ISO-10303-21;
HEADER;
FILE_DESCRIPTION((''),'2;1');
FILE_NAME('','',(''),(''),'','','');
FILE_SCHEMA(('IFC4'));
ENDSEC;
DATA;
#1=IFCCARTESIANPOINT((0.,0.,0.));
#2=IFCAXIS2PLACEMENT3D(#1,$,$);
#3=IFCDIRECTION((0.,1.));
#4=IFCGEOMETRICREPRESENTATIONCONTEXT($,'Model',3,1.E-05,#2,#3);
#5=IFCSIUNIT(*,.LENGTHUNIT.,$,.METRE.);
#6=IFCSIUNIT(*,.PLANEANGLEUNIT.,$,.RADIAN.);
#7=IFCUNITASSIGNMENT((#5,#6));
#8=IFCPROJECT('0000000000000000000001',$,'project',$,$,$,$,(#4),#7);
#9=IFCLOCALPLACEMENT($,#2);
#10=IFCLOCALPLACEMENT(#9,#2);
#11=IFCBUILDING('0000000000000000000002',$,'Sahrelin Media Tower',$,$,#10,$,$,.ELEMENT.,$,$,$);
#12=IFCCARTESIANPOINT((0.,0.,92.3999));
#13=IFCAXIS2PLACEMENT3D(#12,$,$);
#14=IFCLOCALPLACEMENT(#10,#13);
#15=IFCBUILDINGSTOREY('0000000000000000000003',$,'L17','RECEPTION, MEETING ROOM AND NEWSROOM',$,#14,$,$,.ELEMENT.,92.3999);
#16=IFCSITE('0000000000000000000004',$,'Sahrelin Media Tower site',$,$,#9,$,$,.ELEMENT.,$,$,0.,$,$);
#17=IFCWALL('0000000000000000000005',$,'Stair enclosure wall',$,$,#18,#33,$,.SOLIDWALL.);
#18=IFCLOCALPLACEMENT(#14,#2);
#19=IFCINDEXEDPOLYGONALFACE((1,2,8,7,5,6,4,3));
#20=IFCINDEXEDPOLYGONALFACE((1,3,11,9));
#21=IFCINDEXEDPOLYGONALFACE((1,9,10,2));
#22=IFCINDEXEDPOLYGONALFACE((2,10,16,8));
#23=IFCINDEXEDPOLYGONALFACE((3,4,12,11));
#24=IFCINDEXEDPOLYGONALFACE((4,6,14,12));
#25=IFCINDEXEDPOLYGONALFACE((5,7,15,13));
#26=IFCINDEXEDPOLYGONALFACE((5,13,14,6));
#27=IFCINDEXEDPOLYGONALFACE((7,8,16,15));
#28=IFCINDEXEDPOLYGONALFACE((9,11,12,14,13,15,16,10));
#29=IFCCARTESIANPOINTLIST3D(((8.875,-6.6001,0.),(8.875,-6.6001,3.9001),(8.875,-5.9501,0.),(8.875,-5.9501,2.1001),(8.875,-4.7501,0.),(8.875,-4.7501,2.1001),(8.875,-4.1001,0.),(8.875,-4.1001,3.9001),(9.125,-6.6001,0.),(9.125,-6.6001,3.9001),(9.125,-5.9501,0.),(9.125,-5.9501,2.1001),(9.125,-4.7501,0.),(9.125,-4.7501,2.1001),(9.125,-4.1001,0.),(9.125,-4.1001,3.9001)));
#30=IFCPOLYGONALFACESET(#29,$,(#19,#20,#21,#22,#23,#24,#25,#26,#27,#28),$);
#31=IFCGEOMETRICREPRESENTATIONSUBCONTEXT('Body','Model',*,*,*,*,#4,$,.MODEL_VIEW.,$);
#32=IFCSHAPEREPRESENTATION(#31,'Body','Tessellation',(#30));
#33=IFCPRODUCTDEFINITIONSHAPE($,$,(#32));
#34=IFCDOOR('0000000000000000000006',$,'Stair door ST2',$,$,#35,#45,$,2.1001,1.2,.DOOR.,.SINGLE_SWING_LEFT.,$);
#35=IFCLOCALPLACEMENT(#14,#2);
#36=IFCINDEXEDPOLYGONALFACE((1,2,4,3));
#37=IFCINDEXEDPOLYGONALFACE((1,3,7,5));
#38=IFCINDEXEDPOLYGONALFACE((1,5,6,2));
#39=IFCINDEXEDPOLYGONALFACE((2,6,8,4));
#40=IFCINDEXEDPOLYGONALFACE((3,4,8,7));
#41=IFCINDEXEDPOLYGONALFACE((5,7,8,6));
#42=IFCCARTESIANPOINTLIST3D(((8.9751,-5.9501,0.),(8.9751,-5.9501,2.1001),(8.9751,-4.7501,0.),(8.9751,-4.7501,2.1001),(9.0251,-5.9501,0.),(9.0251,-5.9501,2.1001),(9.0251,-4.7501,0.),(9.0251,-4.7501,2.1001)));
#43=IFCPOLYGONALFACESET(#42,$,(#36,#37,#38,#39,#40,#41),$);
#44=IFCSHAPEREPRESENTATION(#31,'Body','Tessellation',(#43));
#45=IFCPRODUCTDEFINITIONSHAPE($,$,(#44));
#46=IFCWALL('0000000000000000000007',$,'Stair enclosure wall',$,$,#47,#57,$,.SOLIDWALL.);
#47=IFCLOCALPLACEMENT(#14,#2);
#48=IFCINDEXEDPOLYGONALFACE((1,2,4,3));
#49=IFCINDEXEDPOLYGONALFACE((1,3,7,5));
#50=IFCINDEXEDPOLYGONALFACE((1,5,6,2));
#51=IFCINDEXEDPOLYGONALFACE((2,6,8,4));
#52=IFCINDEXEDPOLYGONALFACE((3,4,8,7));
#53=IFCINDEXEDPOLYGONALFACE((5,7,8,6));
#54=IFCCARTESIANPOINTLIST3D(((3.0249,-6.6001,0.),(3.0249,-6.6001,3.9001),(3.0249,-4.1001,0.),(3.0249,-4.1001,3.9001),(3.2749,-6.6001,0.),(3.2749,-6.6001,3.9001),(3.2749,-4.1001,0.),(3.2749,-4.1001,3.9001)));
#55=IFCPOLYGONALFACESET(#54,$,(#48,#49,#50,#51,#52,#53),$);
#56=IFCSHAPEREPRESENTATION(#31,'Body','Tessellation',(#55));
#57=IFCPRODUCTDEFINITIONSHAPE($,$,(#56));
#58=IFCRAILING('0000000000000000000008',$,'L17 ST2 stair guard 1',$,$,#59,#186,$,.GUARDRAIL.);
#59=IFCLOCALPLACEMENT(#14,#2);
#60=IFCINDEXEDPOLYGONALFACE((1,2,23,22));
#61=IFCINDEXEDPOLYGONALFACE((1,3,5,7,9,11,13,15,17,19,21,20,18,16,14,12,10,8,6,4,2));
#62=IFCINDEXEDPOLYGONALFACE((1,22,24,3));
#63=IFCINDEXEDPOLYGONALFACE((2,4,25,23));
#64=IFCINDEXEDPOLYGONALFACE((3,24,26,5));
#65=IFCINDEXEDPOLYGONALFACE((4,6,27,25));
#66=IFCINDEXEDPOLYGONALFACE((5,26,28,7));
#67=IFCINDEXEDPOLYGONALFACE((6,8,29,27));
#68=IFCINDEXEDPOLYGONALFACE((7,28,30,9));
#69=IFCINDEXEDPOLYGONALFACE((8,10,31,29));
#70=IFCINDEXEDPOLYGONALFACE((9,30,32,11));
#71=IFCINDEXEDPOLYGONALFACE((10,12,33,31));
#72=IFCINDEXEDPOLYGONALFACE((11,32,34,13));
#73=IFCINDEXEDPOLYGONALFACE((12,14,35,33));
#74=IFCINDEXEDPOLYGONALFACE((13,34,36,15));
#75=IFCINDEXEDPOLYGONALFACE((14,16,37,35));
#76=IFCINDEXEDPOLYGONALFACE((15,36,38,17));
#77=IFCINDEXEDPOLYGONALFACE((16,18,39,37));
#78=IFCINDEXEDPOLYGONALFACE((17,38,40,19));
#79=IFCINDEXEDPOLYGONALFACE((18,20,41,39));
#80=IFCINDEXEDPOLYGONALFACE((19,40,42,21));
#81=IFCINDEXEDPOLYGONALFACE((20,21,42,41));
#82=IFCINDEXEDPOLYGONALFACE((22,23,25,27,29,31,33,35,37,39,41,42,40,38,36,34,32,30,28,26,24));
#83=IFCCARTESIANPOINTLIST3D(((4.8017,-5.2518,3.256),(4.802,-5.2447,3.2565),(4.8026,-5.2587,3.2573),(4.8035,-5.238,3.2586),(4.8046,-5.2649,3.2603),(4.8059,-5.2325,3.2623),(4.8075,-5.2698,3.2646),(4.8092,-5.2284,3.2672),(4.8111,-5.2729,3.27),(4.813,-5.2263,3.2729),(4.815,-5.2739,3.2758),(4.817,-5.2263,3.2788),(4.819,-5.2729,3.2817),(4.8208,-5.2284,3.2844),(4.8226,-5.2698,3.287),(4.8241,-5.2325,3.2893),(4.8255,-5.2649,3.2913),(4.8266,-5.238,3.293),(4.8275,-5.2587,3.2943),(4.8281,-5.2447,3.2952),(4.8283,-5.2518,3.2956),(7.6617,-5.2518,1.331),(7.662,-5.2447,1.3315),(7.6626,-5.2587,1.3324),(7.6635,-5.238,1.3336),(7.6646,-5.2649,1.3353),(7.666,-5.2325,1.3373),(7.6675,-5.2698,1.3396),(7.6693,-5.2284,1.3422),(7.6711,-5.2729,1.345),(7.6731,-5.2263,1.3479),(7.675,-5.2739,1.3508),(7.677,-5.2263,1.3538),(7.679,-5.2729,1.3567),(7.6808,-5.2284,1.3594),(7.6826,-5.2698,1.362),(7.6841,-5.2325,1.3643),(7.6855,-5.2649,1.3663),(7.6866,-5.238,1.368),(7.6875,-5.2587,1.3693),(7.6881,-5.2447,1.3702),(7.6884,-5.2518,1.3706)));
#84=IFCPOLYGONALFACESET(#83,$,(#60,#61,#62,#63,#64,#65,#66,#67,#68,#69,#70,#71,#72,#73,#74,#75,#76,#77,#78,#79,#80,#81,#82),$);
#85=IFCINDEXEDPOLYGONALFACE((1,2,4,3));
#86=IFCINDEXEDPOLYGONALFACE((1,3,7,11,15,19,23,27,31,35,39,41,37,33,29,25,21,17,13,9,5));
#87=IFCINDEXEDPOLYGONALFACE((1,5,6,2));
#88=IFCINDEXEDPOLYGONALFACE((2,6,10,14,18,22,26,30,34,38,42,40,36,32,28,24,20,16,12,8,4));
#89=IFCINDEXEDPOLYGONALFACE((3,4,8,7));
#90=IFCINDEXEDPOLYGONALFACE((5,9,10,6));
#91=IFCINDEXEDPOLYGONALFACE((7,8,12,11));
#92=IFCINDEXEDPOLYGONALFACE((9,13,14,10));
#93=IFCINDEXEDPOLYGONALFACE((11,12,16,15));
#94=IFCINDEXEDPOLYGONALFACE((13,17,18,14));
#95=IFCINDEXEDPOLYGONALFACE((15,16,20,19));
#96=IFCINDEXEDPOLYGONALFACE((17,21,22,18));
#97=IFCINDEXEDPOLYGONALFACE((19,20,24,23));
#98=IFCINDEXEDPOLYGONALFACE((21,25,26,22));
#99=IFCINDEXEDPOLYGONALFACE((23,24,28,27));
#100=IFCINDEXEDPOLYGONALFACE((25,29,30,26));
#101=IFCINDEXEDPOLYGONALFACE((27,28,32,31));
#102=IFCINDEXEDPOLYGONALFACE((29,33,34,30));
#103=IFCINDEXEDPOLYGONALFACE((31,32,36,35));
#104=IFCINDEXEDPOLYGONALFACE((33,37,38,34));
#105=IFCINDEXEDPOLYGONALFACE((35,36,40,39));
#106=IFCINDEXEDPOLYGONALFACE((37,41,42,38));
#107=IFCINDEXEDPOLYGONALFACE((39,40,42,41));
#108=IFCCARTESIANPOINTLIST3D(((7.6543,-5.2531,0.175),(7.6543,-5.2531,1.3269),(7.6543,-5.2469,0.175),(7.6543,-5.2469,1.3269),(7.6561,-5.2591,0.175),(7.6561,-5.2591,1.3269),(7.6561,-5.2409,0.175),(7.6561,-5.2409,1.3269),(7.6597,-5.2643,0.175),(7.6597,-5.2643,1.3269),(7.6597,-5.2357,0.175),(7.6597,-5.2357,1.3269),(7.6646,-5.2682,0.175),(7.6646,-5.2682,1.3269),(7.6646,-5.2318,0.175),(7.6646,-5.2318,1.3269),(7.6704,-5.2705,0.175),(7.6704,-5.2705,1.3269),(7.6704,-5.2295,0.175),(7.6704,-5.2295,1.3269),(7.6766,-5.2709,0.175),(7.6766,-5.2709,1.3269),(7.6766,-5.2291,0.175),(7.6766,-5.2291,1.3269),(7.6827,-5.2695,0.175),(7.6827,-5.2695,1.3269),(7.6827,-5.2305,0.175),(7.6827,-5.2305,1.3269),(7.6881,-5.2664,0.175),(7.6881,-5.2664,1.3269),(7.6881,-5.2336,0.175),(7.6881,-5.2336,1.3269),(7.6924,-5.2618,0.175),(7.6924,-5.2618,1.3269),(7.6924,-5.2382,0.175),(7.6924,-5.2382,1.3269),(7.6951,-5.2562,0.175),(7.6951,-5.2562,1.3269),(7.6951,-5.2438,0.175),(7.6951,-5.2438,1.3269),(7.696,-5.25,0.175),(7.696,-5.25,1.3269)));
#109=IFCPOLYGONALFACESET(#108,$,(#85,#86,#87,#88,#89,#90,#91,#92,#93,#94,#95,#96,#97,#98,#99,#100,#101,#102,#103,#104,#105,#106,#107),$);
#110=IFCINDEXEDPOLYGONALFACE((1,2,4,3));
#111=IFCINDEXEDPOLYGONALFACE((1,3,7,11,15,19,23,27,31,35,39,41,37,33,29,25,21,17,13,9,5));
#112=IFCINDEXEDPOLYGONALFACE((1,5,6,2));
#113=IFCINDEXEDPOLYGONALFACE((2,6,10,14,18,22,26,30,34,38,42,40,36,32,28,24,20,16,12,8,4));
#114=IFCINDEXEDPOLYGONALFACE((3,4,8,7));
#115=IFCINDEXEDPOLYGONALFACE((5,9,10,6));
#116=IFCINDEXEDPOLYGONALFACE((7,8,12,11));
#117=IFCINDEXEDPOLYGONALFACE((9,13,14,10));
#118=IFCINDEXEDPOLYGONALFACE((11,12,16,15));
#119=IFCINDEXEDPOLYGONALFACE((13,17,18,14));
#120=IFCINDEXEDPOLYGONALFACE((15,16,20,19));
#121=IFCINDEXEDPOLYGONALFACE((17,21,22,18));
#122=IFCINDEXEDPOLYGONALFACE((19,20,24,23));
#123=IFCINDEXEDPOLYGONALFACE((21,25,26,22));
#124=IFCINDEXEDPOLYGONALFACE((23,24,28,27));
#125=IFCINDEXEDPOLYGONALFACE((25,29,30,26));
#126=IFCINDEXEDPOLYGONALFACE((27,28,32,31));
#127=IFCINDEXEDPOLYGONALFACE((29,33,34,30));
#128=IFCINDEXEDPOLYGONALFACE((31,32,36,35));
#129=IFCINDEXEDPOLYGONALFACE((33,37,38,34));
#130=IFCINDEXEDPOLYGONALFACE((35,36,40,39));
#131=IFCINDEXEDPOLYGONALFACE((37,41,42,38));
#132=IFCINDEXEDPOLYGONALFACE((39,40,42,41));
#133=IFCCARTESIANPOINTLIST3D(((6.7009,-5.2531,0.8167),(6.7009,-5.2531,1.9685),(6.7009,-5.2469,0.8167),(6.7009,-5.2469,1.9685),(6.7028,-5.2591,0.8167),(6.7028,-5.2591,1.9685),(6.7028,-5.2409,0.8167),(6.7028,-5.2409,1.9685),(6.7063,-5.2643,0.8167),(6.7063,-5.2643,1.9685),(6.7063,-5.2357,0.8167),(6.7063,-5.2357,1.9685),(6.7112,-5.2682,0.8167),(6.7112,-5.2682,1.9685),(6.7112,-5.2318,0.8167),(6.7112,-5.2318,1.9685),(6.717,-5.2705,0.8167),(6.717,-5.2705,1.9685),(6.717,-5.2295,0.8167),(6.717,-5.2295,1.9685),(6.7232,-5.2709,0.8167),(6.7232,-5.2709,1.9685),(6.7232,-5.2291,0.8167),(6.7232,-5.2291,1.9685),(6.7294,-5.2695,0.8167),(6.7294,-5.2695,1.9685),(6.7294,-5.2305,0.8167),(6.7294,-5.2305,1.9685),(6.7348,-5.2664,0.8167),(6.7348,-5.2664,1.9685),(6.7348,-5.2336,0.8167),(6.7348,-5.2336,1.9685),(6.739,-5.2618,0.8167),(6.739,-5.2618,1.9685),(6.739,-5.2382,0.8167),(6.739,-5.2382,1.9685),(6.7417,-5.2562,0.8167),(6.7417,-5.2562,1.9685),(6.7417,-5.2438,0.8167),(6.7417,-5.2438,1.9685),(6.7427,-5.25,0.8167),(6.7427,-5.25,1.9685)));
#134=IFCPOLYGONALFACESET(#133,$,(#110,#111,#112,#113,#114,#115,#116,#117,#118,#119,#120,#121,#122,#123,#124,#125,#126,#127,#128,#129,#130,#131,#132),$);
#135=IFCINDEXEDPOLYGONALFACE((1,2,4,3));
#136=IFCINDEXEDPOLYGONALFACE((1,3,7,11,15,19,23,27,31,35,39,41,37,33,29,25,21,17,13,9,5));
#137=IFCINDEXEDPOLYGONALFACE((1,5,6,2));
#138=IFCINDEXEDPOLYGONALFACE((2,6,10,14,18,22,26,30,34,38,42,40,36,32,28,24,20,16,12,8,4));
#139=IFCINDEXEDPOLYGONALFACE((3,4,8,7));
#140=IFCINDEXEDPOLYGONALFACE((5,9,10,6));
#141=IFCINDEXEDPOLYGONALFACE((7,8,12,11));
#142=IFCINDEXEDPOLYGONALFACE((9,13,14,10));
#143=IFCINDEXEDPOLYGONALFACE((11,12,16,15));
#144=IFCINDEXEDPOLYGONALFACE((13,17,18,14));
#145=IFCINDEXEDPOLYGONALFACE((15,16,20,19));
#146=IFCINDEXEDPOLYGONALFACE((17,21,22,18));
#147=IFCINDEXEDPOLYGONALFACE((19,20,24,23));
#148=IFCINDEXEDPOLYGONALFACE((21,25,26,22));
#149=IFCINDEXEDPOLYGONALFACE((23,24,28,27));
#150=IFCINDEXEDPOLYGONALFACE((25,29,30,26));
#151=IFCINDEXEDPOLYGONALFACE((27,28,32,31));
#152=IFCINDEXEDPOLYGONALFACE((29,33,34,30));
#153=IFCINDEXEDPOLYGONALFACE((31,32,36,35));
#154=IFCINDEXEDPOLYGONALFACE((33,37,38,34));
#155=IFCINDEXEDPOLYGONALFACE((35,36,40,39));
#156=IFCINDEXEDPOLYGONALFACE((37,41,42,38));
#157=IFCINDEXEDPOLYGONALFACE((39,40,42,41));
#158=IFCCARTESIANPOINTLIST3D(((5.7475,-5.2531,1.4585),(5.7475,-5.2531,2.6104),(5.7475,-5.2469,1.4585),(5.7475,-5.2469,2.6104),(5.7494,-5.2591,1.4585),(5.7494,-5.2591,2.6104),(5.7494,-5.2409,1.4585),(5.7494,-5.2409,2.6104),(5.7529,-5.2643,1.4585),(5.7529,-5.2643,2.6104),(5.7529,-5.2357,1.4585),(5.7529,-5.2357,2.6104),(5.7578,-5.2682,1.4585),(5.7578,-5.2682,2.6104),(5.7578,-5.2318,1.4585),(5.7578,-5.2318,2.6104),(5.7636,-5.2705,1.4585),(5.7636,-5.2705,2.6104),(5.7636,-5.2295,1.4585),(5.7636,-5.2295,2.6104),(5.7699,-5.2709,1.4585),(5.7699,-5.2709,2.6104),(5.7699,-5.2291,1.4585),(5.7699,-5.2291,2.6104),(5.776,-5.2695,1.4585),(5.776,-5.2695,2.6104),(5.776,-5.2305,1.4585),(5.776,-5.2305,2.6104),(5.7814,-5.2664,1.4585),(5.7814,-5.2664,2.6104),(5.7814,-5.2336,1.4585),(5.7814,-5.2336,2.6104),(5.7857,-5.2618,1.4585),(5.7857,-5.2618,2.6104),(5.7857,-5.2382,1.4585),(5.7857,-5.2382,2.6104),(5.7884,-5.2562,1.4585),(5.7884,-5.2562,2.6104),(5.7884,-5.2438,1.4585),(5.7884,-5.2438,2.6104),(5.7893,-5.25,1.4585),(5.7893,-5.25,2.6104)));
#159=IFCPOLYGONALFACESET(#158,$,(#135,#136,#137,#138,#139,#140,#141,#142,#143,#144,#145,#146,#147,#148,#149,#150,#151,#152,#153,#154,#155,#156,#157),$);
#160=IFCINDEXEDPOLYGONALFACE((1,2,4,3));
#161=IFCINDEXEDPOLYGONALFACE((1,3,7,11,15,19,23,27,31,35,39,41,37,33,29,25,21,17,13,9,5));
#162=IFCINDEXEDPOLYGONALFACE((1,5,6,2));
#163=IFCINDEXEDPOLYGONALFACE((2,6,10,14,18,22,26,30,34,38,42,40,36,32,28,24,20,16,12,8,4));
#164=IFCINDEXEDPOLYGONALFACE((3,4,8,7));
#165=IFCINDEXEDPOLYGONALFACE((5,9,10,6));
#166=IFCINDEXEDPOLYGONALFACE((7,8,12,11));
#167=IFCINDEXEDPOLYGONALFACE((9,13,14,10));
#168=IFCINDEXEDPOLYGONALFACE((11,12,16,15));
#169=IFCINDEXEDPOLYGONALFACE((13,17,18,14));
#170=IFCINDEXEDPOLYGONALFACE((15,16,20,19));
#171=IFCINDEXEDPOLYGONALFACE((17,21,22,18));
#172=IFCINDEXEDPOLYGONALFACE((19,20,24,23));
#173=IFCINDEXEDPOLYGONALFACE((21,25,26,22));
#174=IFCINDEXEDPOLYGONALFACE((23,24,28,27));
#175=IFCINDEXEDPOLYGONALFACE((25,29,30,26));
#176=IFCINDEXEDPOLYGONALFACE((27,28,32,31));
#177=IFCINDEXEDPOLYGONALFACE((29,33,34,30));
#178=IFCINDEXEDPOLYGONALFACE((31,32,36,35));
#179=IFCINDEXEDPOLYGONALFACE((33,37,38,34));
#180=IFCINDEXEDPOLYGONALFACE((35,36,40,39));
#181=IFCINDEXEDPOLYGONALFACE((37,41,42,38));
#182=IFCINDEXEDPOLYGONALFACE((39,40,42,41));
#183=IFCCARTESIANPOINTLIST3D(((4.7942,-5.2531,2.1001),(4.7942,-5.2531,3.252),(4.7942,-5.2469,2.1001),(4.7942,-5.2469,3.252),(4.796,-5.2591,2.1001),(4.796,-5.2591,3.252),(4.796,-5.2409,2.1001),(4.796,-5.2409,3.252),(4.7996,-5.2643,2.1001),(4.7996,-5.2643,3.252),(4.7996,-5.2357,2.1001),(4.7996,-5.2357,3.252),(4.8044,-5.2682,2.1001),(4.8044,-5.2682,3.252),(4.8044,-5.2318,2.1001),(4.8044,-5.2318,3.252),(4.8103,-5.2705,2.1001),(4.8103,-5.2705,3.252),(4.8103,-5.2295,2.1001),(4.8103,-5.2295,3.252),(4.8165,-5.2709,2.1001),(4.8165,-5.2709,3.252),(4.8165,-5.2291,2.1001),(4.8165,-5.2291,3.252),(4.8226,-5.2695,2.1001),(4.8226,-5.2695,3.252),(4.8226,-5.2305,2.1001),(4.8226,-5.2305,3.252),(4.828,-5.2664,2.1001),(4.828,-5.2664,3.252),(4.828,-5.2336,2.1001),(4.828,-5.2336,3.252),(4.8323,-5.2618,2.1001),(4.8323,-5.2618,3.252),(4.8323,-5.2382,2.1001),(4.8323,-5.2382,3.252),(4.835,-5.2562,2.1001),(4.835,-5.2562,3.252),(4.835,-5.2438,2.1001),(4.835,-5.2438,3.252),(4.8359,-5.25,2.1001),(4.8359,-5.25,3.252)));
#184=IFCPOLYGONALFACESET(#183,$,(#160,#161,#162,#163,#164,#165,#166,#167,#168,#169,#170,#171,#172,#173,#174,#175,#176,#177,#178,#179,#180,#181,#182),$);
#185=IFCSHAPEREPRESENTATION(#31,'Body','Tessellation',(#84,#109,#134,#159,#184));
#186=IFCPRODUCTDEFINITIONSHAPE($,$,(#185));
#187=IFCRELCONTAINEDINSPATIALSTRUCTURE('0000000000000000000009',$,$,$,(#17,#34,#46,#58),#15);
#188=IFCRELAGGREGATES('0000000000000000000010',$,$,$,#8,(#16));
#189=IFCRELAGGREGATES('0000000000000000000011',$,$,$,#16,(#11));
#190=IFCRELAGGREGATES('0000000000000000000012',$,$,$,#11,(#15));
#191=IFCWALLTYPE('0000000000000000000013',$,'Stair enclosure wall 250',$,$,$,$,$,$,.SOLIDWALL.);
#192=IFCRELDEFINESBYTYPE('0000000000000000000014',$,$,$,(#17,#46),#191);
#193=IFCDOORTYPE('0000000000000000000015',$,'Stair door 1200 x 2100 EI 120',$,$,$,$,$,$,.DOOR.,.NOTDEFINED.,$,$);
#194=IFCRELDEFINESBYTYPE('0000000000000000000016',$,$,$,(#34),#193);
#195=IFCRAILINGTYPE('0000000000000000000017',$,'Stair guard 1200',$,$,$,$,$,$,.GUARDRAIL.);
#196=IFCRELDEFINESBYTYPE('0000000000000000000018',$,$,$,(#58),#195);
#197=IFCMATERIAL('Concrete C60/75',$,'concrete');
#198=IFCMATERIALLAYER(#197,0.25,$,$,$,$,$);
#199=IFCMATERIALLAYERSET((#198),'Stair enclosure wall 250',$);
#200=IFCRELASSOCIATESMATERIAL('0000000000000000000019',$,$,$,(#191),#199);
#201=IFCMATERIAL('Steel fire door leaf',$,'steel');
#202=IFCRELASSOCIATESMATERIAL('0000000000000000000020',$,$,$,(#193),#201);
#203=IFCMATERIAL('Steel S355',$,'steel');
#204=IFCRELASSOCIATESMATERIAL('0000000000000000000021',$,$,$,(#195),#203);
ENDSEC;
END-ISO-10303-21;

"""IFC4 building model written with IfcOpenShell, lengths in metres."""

from ifc_helpers import new_model, si_unit, direction, frame, frame_2d, origin, origin_2d, place, context, subcontext, project, spatial, rectangle, circle, extrude, material, layer, layer_set, type_object, element, fill, save


model = new_model("IFC4")

# Units and contexts
model_context = context("Model", 3, precision=1e-05, world=origin(), true_north=direction((0.0, 1.0)))
body_context = subcontext(model_context, "Body", "Model", "MODEL_VIEW")
ifc_project = project(units=[si_unit("LENGTHUNIT", "METRE"), si_unit("PLANEANGLEUNIT", "RADIAN")], contexts=[model_context])

# Site, building, storey
site_placement = place(None, origin())
site = spatial("IfcSite", under=ifc_project, at=site_placement, Name="Sahrelin Media Tower site", CompositionType="ELEMENT", RefElevation=0.0)
building_placement = place(site_placement, origin())
building = spatial("IfcBuilding", under=site, at=building_placement, Name="Sahrelin Media Tower", CompositionType="ELEMENT")
storey_placement = place(building_placement, frame((0.0, 0.0, 92.3999)))
storey = spatial("IfcBuildingStorey", under=building, at=storey_placement, Name="L17", Description="RECEPTION, MEETING ROOM AND NEWSROOM", CompositionType="ELEMENT", Elevation=92.3999)

# Shared definitions
ifc_material_1 = material(Name="Concrete C60/75", Category="concrete")

# Shared definitions
ifc_material_2 = material(Name="Steel fire door leaf", Category="steel")

# Wall, opening, door
ifc_layer_1 = layer(ifc_material_1, 0.25)
ifc_layer_set_1 = layer_set([ifc_layer_1], Name="Stair enclosure wall 250")
wall_type_1 = type_object("IfcWallType", Name="Stair enclosure wall 250", PredefinedType="SOLIDWALL", material=ifc_layer_set_1)
wall_1_placement = place(storey_placement, frame((9.0, -6.6001, 0.0), z_axis=(0.0, 0.0, 1.0), x_axis=(0.0, 1.0, 0.0)))
wall_1 = element("IfcWall", 1, at=wall_1_placement, inside=storey, type_object=wall_type_1, Name="Stair enclosure wall", PredefinedType="SOLIDWALL", context=body_context, shape_type="SweptSolid", body=[
    extrude(rectangle(XDim=2.5, YDim=0.25, at=frame_2d((1.25, 0.0))), origin(), (0.0, 0.0, 1.0), 3.9001),
])
opening_1_placement = place(wall_1_placement, frame((0.6499, 0.0, 0.0)))
opening_1 = element("IfcOpeningElement", 2, at=opening_1_placement, cuts=wall_1, PredefinedType="OPENING", context=body_context, shape_type="SweptSolid", body=[
    extrude(rectangle(XDim=1.2, YDim=2.1001, at=frame_2d((0.6001, 1.05))), frame((0.0, 0.125, 0.0), z_axis=(0.0, -1.0, 0.0), x_axis=(1.0, 0.0, 0.0)), (0.0, 0.0, 1.0), 0.25),
])
door_type_1 = type_object("IfcDoorType", Name="Stair door 1200 x 2100 EI 120", OperationType="NOTDEFINED", PredefinedType="DOOR", material=ifc_material_2)
door_1_placement = place(opening_1_placement, origin())
door_1 = element("IfcDoor", 3, at=door_1_placement, inside=storey, type_object=door_type_1, Name="Stair door ST2", OperationType="SINGLE_SWING_LEFT", OverallHeight=2.1001, OverallWidth=1.2, PredefinedType="DOOR", context=body_context, shape_type="SweptSolid", body=[
    extrude(rectangle(XDim=1.2, YDim=2.1001, at=frame_2d((0.6001, 1.05))), frame((0.0, 0.0249, 0.0), z_axis=(0.0, -1.0, 0.0), x_axis=(1.0, 0.0, 0.0)), (0.0, 0.0, 1.0), 0.05),
])
fill(opening_1, door_1)

# Wall
wall_2_placement = place(storey_placement, frame((3.1499, -6.6001, 0.0), z_axis=(0.0, 0.0, 1.0), x_axis=(0.0, 1.0, 0.0)))
element("IfcWall", 4, at=wall_2_placement, inside=storey, type_object=wall_type_1, Name="Stair enclosure wall", PredefinedType="SOLIDWALL", context=body_context, shape_type="SweptSolid", body=[
    extrude(rectangle(XDim=2.5, YDim=0.25, at=frame_2d((1.25, 0.0))), origin(), (0.0, 0.0, 1.0), 3.9001),
])

# Railing
ifc_material_3 = material(Name="Steel S355", Category="steel")
railing_type_1 = type_object("IfcRailingType", Name="Stair guard 1200", PredefinedType="GUARDRAIL", material=ifc_material_3)
railing_1_placement = place(storey_placement, frame((7.675, -5.25, 0.175)))
element("IfcRailing", 5, at=railing_1_placement, inside=storey, type_object=railing_type_1, Name="L17 ST2 stair guard 1", PredefinedType="GUARDRAIL", context=body_context, shape_type="SweptSolid", body=[
    extrude(circle(Radius=0.0239, at=origin_2d()), frame((0.0, 0.0, 1.1758), z_axis=(-0.829591, 0.0, 0.558372), x_axis=(0.0, -1.0, 0.0)), (0.0, 0.0, 1.0), 3.4475),
    extrude(circle(Radius=0.021, at=origin_2d()), origin(), (0.0, 0.0, 1.0), 1.1519),
    extrude(circle(Radius=0.021, at=origin_2d()), frame((-0.9534, 0.0, 0.6416)), (0.0, 0.0, 1.0), 1.1519),
    extrude(circle(Radius=0.021, at=origin_2d()), frame((-1.9067, 0.0, 1.2834)), (0.0, 0.0, 1.0), 1.1519),
    extrude(circle(Radius=0.021, at=origin_2d()), frame((-2.8601, 0.0, 1.925)), (0.0, 0.0, 1.0), 1.1519),
])

save(model, "model.ifc")
